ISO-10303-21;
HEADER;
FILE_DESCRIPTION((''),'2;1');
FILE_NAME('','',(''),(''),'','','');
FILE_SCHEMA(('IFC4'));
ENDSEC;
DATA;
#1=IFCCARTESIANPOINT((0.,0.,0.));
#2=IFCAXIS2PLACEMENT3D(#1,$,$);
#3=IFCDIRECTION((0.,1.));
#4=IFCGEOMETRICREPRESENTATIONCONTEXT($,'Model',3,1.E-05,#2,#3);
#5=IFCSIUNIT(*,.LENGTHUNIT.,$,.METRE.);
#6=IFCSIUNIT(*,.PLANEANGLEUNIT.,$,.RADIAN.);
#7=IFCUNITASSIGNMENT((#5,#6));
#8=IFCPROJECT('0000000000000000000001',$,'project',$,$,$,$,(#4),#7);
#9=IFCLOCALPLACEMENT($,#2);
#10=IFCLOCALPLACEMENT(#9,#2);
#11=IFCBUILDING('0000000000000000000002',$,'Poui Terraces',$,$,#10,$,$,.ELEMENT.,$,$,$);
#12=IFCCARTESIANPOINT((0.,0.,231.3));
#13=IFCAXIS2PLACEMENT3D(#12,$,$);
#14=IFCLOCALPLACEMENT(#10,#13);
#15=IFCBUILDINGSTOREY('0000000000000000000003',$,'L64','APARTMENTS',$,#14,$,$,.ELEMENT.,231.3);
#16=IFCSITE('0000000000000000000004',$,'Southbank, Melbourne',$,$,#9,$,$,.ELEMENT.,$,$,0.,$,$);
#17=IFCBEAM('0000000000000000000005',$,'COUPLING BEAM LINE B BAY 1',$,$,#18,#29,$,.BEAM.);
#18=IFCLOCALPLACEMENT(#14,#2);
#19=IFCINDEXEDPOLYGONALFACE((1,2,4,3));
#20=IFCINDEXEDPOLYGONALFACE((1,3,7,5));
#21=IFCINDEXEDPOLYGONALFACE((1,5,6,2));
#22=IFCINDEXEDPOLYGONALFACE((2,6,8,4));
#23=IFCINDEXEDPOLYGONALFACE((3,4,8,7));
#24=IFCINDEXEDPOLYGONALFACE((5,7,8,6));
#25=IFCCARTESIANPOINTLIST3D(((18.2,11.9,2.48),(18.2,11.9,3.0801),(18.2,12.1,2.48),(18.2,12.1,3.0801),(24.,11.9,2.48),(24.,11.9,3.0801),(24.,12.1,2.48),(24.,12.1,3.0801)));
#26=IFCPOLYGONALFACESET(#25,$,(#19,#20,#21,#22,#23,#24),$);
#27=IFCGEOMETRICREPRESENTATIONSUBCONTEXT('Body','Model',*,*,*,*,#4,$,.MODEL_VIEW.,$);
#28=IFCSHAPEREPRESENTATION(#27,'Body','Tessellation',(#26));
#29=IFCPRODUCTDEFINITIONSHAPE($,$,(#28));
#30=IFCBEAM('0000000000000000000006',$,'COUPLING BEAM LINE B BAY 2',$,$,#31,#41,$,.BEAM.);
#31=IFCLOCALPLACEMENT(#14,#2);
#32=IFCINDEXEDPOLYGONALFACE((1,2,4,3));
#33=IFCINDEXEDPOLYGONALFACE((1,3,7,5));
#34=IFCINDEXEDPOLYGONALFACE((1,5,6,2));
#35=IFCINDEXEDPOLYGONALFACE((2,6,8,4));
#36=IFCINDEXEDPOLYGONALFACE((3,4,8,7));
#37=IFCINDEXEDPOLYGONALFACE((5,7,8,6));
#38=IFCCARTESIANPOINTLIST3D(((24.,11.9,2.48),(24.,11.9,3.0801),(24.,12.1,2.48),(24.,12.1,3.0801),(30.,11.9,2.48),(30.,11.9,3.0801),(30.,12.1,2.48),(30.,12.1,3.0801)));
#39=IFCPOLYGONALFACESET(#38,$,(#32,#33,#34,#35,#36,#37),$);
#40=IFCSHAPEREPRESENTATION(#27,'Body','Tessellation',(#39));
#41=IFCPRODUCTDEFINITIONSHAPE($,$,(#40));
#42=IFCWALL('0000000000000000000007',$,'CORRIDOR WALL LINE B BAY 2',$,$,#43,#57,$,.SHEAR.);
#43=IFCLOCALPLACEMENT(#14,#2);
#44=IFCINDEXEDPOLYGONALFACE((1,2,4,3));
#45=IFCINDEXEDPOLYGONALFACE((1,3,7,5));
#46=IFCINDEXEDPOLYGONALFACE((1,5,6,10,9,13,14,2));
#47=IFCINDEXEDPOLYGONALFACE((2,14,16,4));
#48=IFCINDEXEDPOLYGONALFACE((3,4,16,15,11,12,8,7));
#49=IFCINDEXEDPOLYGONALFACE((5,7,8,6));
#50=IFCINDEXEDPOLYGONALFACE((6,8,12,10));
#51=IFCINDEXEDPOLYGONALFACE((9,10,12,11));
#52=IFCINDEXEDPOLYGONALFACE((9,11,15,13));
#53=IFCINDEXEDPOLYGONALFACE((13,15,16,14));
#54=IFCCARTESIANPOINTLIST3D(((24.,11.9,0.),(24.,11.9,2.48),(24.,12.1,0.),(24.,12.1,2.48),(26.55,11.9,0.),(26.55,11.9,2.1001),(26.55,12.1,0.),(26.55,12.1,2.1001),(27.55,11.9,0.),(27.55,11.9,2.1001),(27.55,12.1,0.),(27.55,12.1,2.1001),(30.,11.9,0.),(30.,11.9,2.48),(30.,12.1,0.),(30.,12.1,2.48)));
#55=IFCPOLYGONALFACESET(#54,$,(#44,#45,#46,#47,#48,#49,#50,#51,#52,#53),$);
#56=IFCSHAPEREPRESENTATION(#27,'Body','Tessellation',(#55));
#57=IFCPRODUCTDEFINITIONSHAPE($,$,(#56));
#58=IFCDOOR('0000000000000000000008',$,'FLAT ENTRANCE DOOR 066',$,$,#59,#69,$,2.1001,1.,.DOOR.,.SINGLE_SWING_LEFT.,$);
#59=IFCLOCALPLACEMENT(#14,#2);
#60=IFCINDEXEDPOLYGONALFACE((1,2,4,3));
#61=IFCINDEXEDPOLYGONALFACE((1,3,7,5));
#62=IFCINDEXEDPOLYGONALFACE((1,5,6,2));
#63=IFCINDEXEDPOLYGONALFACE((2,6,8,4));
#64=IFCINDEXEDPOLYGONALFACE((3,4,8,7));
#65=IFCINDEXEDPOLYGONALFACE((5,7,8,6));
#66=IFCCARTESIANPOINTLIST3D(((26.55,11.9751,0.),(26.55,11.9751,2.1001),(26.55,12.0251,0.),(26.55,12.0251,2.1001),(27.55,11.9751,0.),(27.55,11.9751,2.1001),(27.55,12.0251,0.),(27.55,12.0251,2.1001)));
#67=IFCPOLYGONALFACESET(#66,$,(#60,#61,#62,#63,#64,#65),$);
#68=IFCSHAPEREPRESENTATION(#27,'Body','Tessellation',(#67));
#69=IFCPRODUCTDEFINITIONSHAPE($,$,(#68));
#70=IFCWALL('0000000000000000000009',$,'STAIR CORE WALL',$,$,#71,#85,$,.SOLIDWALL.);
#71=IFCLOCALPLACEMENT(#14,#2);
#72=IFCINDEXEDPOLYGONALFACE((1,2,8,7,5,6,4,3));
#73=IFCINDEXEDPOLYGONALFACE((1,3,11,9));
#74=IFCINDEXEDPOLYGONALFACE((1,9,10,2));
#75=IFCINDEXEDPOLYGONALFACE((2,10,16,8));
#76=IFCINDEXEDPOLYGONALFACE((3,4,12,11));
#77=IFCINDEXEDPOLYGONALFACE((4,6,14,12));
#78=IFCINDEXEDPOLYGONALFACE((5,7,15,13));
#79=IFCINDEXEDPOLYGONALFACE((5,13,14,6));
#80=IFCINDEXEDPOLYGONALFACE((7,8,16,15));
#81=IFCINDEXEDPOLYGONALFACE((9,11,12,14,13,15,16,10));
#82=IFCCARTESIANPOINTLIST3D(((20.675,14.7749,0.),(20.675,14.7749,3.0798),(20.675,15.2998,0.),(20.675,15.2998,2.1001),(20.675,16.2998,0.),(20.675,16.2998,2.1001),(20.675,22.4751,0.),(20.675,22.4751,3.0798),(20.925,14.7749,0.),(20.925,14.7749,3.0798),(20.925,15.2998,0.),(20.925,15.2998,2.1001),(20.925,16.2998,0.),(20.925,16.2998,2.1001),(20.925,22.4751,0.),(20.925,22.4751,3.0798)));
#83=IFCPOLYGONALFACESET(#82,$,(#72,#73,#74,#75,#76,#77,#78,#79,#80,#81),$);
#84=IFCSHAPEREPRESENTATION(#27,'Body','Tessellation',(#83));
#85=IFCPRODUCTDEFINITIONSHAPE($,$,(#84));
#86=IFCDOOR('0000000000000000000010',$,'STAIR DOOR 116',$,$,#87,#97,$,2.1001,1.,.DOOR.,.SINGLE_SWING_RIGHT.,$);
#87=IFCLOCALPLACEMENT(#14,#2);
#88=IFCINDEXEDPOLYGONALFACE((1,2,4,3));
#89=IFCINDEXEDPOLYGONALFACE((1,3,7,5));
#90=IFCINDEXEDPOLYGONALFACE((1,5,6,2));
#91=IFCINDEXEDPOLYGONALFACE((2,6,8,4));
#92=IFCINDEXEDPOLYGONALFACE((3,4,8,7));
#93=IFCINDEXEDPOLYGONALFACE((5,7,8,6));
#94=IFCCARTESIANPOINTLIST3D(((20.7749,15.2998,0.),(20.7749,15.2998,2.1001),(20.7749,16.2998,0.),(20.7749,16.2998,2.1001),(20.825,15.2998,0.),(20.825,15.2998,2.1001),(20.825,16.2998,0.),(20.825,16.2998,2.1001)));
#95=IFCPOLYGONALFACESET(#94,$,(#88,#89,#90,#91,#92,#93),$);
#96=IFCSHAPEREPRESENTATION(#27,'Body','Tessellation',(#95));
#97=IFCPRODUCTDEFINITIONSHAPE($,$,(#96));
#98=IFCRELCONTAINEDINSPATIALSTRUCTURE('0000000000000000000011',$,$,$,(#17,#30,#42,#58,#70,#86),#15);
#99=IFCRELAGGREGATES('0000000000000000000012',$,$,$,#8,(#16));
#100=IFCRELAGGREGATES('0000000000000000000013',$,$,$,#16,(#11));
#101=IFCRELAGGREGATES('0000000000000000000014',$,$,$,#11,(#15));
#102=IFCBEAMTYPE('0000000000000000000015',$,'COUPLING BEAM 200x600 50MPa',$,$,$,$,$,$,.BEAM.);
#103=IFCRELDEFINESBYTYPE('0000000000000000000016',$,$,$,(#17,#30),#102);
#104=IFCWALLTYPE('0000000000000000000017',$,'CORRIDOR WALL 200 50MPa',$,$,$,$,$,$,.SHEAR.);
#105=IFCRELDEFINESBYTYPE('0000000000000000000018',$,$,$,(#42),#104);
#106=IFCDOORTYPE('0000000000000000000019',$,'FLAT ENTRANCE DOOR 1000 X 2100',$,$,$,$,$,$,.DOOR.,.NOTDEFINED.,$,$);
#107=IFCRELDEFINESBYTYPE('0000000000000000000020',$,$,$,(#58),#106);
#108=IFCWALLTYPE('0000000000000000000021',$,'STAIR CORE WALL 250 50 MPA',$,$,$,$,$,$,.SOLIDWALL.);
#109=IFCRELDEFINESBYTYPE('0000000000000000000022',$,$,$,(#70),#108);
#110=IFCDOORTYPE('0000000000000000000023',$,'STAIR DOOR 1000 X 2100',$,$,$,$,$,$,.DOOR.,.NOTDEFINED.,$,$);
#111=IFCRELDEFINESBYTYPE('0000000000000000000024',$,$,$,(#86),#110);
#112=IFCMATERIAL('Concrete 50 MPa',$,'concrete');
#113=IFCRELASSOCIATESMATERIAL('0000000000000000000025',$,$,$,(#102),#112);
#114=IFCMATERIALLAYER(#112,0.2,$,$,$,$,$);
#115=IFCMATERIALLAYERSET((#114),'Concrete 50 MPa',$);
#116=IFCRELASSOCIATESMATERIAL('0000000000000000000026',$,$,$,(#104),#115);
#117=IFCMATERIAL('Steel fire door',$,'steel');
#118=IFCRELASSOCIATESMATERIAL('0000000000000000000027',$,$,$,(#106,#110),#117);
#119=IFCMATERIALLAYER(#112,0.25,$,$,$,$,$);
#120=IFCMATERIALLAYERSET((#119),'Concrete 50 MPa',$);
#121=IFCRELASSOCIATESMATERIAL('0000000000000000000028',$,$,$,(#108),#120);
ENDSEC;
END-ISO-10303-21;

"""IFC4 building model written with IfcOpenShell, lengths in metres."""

from ifc_helpers import new_model, si_unit, direction, frame, frame_2d, origin, origin_2d, place, context, subcontext, project, spatial, rectangle, extrude, source, transform, mapped, material, layer, layer_set, material_profile, profile_set, type_object, element, fill, save


model = new_model("IFC4")

# Units and contexts
model_context = context("Model", 3, precision=1e-05, world=origin(), true_north=direction((0.0, 1.0)))
body_context = subcontext(model_context, "Body", "Model", "MODEL_VIEW")
ifc_project = project(units=[si_unit("LENGTHUNIT", "METRE"), si_unit("PLANEANGLEUNIT", "RADIAN")], contexts=[model_context])

# Site, building, storey
site_placement = place(None, origin())
site = spatial("IfcSite", under=ifc_project, at=site_placement, Name="Southbank, Melbourne", CompositionType="ELEMENT", RefElevation=0.0)
building_placement = place(site_placement, origin())
building = spatial("IfcBuilding", under=site, at=building_placement, Name="Poui Terraces", CompositionType="ELEMENT")
storey_placement = place(building_placement, frame((0.0, 0.0, 231.3)))
storey = spatial("IfcBuildingStorey", under=building, at=storey_placement, Name="L64", Description="APARTMENTS", CompositionType="ELEMENT", Elevation=231.3)

# Beams
ifc_material_1 = material(Name="Concrete 50 MPa", Category="concrete")
ifc_material_profile = material_profile(ifc_material_1, rectangle(XDim=0.2, YDim=0.6001, at=origin_2d()), Name="RC 200x600")
ifc_profile_set = profile_set([ifc_material_profile], Name="Concrete 50 MPa")
beam_type = type_object("IfcBeamType", Name="COUPLING BEAM 200x600 50MPa", PredefinedType="BEAM", material=ifc_profile_set)
shared_shape_1 = source(origin(), body_context, "Body", "SweptSolid", [
    extrude(rectangle(XDim=0.2, YDim=0.6001, at=origin_2d()), origin(), (0.0, 0.0, 1.0), 5.8),
])
beam_1_placement = place(storey_placement, frame((18.2, 12.0, 2.78), z_axis=(1.0, 0.0, 0.0), x_axis=(0.0, 1.0, 0.0)))
element("IfcBeam", 1, at=beam_1_placement, inside=storey, type_object=beam_type, Name="COUPLING BEAM LINE B BAY 1", PredefinedType="BEAM", context=body_context, shape_type="MappedRepresentation", body=[
    mapped(shared_shape_1, transform((0.0, 0.0, 0.0))),
])
shared_shape_2 = source(origin(), body_context, "Body", "SweptSolid", [
    extrude(rectangle(XDim=0.2, YDim=0.6001, at=origin_2d()), origin(), (0.0, 0.0, 1.0), 6.0),
])
beam_2_placement = place(storey_placement, frame((24.0, 12.0, 2.78), z_axis=(1.0, 0.0, 0.0), x_axis=(0.0, 1.0, 0.0)))
element("IfcBeam", 2, at=beam_2_placement, inside=storey, type_object=beam_type, Name="COUPLING BEAM LINE B BAY 2", PredefinedType="BEAM", context=body_context, shape_type="MappedRepresentation", body=[
    mapped(shared_shape_2, transform((0.0, 0.0, 0.0))),
])

# Wall, opening, door
ifc_layer_1 = layer(ifc_material_1, 0.2)
ifc_layer_set_1 = layer_set([ifc_layer_1], Name="Concrete 50 MPa")
wall_type_1 = type_object("IfcWallType", Name="CORRIDOR WALL 200 50MPa", PredefinedType="SHEAR", material=ifc_layer_set_1)
wall_1_placement = place(storey_placement, frame((24.0, 12.0, 0.0), z_axis=(0.0, 0.0, 1.0), x_axis=(1.0, 0.0, 0.0)))
wall_1 = element("IfcWall", 3, at=wall_1_placement, inside=storey, type_object=wall_type_1, Name="CORRIDOR WALL LINE B BAY 2", PredefinedType="SHEAR", context=body_context, shape_type="SweptSolid", body=[
    extrude(rectangle(XDim=6.0, YDim=0.2, at=frame_2d((3.0, 0.0))), origin(), (0.0, 0.0, 1.0), 2.48),
])
opening_1_placement = place(wall_1_placement, frame((2.55, 0.0, 0.0)))
opening_1 = element("IfcOpeningElement", 4, at=opening_1_placement, cuts=wall_1, PredefinedType="OPENING", context=body_context, shape_type="SweptSolid", body=[
    extrude(rectangle(XDim=1.0, YDim=2.1001, at=frame_2d((0.5, 1.05))), frame((0.0, 0.1099, 0.0), z_axis=(0.0, -1.0, 0.0), x_axis=(1.0, 0.0, 0.0)), (0.0, 0.0, 1.0), 0.22),
])
ifc_material_2 = material(Name="Steel fire door", Category="steel")
door_type_1 = type_object("IfcDoorType", Name="FLAT ENTRANCE DOOR 1000 X 2100", OperationType="NOTDEFINED", PredefinedType="DOOR", material=ifc_material_2)
door_1_placement = place(opening_1_placement, frame((1.0, 0.0, 0.0), z_axis=(0.0, 0.0, 1.0), x_axis=(-1.0, 0.0, 0.0)))
door_1 = element("IfcDoor", 5, at=door_1_placement, inside=storey, type_object=door_type_1, Name="FLAT ENTRANCE DOOR 066", OperationType="SINGLE_SWING_LEFT", OverallHeight=2.1001, OverallWidth=1.0, PredefinedType="DOOR", context=body_context, shape_type="SweptSolid", body=[
    extrude(rectangle(XDim=1.0, YDim=2.1001, at=frame_2d((0.5, 1.05))), frame((0.0, 0.0249, 0.0), z_axis=(0.0, -1.0, 0.0), x_axis=(1.0, 0.0, 0.0)), (0.0, 0.0, 1.0), 0.05),
])
fill(opening_1, door_1)

# Shared definitions
door_type_2 = type_object("IfcDoorType", Name="STAIR DOOR 1000 X 2100", OperationType="NOTDEFINED", PredefinedType="DOOR", material=ifc_material_2)

# Wall, opening, door
ifc_layer_2 = layer(ifc_material_1, 0.25)
ifc_layer_set_2 = layer_set([ifc_layer_2], Name="Concrete 50 MPa")
wall_type_2 = type_object("IfcWallType", Name="STAIR CORE WALL 250 50 MPA", PredefinedType="SOLIDWALL", material=ifc_layer_set_2)
wall_2_placement = place(storey_placement, frame((20.8, 14.7749, 0.0), z_axis=(0.0, 0.0, 1.0), x_axis=(0.0, 1.0, 0.0)))
wall_2 = element("IfcWall", 6, at=wall_2_placement, inside=storey, type_object=wall_type_2, Name="STAIR CORE WALL", PredefinedType="SOLIDWALL", context=body_context, shape_type="SweptSolid", body=[
    extrude(rectangle(XDim=7.7002, YDim=0.25, at=frame_2d((3.8501, 0.0))), origin(), (0.0, 0.0, 1.0), 3.0798),
])
opening_2_placement = place(wall_2_placement, frame((0.5249, 0.0, 0.0)))
opening_2 = element("IfcOpeningElement", 7, at=opening_2_placement, cuts=wall_2, PredefinedType="OPENING", context=body_context, shape_type="SweptSolid", body=[
    extrude(rectangle(XDim=1.0, YDim=2.1001, at=frame_2d((0.5, 1.05))), frame((0.0, 0.135, 0.0), z_axis=(0.0, -1.0, 0.0), x_axis=(1.0, 0.0, 0.0)), (0.0, 0.0, 1.0), 0.27),
])
door_2_placement = place(opening_2_placement, frame((1.0, 0.0, 0.0), z_axis=(0.0, 0.0, 1.0), x_axis=(-1.0, 0.0, 0.0)))
door_2 = element("IfcDoor", 8, at=door_2_placement, inside=storey, type_object=door_type_2, Name="STAIR DOOR 116", OperationType="SINGLE_SWING_RIGHT", OverallHeight=2.1001, OverallWidth=1.0, PredefinedType="DOOR", context=body_context, shape_type="SweptSolid", body=[
    extrude(rectangle(XDim=1.0, YDim=2.1001, at=frame_2d((0.5, 1.05))), frame((0.0, 0.0249, 0.0), z_axis=(0.0, -1.0, 0.0), x_axis=(1.0, 0.0, 0.0)), (0.0, 0.0, 1.0), 0.05),
])
fill(opening_2, door_2)

save(model, "model.ifc")
